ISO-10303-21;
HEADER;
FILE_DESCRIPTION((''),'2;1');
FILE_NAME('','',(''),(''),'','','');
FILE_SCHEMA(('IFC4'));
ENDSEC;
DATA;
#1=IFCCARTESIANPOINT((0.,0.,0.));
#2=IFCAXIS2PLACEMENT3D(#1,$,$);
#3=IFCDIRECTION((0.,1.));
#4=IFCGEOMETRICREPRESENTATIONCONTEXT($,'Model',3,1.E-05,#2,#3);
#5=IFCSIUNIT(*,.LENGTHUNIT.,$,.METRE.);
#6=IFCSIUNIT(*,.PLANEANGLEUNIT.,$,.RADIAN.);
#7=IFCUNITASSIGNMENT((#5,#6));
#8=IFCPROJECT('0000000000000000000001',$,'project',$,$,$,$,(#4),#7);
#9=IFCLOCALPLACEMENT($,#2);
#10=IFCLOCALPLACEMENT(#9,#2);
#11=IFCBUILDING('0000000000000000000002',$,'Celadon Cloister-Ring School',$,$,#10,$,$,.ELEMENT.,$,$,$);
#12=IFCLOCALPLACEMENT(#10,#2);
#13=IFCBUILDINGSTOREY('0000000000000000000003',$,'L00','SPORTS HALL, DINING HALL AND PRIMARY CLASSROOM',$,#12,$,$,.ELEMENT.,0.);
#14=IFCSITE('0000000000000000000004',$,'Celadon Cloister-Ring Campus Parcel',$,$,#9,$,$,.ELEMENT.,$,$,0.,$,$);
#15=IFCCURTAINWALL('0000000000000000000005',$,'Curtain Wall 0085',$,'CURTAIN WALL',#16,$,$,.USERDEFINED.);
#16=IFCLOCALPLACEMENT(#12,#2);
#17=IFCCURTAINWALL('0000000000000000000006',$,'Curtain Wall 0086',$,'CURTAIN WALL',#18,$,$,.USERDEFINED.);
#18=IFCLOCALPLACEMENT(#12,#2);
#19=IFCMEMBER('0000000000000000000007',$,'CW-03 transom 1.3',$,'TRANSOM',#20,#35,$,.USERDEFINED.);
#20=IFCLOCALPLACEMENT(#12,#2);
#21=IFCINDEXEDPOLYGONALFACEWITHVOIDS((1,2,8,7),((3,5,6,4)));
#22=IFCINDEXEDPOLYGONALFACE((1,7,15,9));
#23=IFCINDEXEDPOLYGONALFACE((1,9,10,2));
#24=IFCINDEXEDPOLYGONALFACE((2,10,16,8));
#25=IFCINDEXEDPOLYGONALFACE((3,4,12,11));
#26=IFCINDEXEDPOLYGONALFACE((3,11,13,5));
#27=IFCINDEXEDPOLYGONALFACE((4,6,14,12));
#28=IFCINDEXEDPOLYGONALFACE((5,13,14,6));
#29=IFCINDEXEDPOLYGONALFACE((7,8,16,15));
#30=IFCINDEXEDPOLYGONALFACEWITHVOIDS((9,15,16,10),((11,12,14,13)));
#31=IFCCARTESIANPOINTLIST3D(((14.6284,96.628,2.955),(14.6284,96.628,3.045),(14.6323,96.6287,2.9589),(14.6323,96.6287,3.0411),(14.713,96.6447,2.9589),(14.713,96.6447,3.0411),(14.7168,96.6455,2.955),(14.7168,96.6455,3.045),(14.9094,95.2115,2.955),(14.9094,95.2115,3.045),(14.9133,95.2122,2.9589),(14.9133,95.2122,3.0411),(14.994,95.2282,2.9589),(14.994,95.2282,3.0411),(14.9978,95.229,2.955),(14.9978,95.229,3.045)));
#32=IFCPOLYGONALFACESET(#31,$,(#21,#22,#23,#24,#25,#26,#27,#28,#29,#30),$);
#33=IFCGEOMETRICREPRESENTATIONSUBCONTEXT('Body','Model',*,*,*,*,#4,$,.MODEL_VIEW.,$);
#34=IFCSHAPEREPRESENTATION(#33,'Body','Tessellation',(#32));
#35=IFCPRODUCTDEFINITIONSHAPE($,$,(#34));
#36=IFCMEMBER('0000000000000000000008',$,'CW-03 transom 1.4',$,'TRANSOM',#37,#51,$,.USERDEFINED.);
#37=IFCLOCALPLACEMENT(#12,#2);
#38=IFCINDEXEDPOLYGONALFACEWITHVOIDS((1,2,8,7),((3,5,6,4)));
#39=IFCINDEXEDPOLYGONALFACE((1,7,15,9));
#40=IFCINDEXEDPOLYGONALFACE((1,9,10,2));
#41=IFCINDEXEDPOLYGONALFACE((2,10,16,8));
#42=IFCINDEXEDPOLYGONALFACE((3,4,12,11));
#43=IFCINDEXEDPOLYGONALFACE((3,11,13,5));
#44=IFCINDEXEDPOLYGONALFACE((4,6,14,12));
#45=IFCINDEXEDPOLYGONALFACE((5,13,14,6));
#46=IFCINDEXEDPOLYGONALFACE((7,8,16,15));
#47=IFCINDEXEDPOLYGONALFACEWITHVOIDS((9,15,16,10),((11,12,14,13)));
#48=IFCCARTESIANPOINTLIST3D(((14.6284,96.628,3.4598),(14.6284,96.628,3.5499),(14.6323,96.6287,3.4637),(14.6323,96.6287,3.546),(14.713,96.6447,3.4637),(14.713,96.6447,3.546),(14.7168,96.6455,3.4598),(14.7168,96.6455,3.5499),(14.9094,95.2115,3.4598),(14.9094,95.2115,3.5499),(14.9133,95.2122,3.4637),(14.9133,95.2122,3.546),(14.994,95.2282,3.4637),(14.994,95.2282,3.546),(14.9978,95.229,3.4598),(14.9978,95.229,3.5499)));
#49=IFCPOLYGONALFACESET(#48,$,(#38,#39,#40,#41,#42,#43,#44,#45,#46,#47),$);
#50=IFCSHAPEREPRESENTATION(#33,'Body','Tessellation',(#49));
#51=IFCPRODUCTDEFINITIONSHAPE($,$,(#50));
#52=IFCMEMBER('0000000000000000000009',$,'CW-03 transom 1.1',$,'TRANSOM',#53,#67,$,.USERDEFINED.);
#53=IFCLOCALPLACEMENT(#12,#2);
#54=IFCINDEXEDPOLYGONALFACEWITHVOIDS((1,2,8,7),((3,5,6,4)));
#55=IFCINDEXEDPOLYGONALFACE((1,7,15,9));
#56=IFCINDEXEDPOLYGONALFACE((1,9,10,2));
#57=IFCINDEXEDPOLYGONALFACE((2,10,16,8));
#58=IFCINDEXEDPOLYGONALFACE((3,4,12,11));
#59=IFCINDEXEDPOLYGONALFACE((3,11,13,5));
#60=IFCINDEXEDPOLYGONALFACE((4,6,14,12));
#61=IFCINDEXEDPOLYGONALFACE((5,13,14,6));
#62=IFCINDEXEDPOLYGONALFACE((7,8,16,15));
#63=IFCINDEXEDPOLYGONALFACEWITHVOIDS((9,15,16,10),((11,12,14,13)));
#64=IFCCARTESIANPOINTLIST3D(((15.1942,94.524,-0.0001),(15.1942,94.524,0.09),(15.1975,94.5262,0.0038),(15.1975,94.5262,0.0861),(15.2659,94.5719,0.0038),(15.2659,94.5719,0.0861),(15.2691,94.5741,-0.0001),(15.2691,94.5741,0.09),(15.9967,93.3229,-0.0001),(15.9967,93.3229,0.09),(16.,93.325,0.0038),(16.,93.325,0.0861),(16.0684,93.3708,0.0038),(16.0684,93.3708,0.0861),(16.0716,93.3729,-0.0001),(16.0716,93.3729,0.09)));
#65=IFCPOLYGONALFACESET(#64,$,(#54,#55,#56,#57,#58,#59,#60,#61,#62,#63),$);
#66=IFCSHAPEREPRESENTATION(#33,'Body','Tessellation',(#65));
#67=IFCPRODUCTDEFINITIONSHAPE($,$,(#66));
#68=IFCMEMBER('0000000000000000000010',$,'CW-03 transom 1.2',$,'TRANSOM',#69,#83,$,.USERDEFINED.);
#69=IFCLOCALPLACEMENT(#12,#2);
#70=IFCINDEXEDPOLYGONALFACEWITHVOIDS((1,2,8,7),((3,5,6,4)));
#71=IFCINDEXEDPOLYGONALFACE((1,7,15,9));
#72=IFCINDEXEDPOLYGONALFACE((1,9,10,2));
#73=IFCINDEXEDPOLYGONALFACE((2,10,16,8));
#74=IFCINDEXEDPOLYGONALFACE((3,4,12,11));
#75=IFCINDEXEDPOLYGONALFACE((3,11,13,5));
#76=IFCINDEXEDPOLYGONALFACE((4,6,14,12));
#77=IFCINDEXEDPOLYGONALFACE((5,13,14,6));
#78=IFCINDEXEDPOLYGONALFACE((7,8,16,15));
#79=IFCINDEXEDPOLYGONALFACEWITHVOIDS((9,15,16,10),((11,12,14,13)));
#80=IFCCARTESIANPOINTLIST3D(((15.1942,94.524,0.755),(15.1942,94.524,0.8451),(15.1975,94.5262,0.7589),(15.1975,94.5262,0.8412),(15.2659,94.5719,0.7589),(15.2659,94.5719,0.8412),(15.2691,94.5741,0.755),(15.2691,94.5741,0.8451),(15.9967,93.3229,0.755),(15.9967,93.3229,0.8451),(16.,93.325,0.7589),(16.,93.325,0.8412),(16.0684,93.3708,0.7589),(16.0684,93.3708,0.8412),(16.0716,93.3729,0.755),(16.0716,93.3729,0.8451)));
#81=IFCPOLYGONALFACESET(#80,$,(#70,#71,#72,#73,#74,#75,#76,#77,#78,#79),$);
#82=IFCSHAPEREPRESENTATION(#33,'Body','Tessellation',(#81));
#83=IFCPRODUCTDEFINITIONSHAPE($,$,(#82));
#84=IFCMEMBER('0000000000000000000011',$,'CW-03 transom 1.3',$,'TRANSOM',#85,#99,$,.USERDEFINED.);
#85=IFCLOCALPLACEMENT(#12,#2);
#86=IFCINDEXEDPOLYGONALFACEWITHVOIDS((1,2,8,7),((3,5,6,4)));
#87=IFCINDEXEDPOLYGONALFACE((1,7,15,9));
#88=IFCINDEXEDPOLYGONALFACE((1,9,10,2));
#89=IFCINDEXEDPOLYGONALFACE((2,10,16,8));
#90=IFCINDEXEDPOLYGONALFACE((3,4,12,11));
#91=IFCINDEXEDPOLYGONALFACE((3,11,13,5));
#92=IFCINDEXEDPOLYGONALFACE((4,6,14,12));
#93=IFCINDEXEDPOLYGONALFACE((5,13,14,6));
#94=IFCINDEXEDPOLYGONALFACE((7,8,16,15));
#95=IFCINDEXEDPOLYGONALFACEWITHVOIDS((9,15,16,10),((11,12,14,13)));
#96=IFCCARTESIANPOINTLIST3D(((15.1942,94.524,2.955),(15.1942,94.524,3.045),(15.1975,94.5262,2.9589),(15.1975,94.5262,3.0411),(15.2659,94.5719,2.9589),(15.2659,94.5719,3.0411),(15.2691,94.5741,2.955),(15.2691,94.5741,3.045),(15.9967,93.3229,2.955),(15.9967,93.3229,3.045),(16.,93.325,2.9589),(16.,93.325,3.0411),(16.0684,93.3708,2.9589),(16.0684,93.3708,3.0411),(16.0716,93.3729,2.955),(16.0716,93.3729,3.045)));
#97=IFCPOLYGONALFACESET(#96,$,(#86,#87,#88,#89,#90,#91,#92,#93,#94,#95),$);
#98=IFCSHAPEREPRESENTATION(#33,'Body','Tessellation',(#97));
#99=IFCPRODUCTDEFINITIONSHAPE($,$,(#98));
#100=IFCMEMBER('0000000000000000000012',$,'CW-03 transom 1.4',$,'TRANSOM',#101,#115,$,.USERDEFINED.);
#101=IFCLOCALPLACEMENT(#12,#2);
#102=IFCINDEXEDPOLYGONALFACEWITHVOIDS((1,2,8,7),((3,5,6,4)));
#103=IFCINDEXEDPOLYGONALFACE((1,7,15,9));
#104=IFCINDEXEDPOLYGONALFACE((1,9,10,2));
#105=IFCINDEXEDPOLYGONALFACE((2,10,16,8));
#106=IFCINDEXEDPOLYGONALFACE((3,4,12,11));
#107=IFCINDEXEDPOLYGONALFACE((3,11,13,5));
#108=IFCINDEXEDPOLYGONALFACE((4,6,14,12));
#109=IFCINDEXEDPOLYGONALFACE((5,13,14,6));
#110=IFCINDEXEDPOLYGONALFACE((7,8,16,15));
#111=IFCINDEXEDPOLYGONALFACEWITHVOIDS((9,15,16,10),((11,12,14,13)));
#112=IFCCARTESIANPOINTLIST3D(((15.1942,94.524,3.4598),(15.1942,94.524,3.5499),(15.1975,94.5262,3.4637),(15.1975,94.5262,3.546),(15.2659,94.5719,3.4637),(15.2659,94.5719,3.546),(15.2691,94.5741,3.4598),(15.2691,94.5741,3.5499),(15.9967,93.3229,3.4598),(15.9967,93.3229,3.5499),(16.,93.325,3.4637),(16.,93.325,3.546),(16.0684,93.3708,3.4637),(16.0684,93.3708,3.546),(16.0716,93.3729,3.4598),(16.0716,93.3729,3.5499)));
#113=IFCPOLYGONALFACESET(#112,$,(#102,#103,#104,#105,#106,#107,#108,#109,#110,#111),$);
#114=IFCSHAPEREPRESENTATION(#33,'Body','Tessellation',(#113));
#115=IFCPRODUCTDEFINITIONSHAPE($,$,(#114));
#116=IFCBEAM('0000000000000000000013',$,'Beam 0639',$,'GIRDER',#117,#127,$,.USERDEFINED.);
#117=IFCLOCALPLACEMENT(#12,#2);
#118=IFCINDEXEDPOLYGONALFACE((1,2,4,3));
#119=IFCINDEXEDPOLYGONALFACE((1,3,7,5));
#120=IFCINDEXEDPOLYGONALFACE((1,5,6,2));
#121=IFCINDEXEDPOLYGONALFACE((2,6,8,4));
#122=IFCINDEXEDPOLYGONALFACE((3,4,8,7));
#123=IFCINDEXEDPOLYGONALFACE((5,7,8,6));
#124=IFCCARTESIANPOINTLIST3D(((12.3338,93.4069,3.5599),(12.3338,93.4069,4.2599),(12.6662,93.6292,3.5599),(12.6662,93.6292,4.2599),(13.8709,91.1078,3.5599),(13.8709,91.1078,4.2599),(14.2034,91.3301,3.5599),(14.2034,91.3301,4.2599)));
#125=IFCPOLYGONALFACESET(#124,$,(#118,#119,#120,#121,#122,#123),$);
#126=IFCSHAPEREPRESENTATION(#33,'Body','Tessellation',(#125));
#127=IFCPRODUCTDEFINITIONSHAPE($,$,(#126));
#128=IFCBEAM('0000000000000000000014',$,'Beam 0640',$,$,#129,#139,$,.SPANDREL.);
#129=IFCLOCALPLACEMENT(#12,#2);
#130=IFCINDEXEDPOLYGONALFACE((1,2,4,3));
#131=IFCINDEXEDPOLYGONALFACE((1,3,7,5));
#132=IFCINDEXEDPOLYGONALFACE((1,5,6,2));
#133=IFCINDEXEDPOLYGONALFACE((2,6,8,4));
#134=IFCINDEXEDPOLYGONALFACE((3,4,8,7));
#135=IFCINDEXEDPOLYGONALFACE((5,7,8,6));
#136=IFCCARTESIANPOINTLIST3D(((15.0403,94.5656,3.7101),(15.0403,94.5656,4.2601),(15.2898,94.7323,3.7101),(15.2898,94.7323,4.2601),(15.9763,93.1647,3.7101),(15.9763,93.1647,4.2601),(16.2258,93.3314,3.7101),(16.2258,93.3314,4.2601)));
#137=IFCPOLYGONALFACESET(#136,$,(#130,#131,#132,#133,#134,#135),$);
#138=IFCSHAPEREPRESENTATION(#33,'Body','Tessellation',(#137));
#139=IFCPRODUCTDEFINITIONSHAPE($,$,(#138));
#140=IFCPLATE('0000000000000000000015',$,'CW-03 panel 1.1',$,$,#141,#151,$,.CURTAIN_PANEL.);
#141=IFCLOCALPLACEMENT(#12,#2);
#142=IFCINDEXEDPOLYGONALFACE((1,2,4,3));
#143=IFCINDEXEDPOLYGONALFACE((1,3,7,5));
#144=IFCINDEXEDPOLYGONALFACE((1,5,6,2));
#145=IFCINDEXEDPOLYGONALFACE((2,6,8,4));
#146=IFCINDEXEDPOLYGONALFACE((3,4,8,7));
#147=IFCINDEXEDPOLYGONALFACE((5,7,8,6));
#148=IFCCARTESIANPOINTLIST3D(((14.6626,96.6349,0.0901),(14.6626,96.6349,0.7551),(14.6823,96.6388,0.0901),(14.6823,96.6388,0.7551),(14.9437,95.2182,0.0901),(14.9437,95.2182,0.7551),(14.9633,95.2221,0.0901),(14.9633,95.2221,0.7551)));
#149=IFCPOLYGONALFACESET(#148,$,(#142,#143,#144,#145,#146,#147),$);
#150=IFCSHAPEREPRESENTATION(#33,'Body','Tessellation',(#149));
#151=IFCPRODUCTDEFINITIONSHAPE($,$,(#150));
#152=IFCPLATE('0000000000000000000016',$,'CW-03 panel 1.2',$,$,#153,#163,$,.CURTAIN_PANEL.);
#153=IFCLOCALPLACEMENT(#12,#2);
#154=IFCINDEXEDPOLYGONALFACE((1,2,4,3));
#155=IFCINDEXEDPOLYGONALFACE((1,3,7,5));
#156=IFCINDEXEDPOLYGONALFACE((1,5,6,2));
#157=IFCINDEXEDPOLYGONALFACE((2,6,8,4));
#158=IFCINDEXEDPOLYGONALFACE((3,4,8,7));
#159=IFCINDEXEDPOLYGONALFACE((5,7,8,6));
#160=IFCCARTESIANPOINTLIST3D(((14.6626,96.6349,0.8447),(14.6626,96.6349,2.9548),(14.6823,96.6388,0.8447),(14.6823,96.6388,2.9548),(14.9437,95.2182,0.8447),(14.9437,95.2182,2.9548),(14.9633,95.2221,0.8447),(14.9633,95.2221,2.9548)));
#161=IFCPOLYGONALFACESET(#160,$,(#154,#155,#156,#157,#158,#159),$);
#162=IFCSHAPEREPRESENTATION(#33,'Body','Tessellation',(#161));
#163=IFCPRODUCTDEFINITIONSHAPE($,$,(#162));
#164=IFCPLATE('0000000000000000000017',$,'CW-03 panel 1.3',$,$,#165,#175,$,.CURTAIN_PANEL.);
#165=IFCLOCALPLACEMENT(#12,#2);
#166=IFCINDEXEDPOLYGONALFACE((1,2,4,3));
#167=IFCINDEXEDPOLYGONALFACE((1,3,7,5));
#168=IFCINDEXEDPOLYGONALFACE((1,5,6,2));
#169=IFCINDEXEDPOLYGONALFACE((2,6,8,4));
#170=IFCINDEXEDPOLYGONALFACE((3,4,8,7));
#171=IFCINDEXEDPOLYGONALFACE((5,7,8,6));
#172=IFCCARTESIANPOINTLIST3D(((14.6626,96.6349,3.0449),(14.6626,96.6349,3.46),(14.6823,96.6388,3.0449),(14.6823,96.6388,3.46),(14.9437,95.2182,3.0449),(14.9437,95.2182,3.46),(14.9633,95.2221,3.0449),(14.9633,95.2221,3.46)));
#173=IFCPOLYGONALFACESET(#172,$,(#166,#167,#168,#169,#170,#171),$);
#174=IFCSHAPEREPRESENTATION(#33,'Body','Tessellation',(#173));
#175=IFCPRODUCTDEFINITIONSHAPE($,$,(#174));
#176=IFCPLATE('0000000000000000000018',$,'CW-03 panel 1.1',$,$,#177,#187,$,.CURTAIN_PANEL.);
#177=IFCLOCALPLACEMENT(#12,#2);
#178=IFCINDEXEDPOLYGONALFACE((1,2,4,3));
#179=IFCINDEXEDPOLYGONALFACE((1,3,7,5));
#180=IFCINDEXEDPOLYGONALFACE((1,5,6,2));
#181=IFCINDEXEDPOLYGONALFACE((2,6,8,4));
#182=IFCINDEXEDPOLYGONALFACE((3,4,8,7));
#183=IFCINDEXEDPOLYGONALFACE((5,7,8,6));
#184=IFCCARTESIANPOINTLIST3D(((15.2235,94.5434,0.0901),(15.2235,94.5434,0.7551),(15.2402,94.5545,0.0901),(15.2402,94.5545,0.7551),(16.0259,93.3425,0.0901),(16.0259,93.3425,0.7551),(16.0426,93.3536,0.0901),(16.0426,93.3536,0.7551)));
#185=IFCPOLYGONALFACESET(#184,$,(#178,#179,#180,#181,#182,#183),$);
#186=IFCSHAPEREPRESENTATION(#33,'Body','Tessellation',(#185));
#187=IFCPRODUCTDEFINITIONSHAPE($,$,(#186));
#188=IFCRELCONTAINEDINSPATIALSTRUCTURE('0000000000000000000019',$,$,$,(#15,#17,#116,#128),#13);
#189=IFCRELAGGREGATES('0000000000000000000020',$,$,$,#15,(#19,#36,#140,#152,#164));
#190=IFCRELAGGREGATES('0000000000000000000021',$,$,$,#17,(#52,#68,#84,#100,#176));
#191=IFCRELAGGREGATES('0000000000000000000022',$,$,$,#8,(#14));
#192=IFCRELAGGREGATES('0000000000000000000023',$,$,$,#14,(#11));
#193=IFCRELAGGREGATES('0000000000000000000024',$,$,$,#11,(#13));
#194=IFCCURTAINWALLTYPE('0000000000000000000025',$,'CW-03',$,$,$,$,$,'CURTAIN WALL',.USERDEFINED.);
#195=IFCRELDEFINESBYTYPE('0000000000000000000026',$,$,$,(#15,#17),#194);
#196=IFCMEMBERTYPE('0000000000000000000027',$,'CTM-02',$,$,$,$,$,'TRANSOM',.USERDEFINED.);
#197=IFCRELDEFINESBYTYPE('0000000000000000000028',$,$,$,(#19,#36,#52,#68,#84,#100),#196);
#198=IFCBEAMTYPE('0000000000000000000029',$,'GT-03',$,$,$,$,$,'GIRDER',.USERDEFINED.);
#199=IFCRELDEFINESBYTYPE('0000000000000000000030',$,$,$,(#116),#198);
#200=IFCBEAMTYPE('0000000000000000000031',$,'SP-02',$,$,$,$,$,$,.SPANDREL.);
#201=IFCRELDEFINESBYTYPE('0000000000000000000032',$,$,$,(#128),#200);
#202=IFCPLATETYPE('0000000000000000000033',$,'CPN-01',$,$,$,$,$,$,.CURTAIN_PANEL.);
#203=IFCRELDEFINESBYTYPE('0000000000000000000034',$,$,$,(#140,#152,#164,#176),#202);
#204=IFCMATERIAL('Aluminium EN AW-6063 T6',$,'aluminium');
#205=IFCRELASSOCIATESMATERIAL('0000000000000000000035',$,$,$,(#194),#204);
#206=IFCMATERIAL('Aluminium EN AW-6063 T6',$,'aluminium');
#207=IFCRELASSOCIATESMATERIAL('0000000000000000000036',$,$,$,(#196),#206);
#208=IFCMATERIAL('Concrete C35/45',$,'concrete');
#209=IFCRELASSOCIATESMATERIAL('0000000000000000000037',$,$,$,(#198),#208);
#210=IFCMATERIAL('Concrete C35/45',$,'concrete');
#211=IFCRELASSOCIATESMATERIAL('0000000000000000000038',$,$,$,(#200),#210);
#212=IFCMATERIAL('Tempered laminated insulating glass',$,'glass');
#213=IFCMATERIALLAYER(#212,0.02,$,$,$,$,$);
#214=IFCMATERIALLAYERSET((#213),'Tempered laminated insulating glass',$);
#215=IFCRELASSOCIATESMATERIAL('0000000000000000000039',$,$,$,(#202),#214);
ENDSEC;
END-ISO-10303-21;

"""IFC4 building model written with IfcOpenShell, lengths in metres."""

from ifc_helpers import new_model, si_unit, direction, frame, origin, origin_2d, place, context, subcontext, project, spatial, rectangle, hollow_rectangle, extrude, material, layer, layer_set, material_profile, profile_set, type_object, element, aggregate, save


model = new_model("IFC4")

# Units and contexts
model_context = context("Model", 3, precision=1e-05, world=origin(), true_north=direction((0.0, 1.0)))
body_context = subcontext(model_context, "Body", "Model", "MODEL_VIEW")
ifc_project = project(units=[si_unit("LENGTHUNIT", "METRE"), si_unit("PLANEANGLEUNIT", "RADIAN")], contexts=[model_context])

# Site, building, storey
site_placement = place(None, origin())
site = spatial("IfcSite", under=ifc_project, at=site_placement, Name="Celadon Cloister-Ring Campus Parcel", CompositionType="ELEMENT", RefElevation=0.0)
building_placement = place(site_placement, origin())
building = spatial("IfcBuilding", under=site, at=building_placement, Name="Celadon Cloister-Ring School", CompositionType="ELEMENT")
storey_placement = place(building_placement, origin())
storey = spatial("IfcBuildingStorey", under=building, at=storey_placement, Name="L00", Description="SPORTS HALL, DINING HALL AND PRIMARY CLASSROOM", CompositionType="ELEMENT", Elevation=0.0)

# Curtain wall
ifc_material_1 = material(Name="Aluminium EN AW-6063 T6", Category="aluminium")
curtain_wall_type = type_object("IfcCurtainWallType", Name="CW-03", ElementType="CURTAIN WALL", PredefinedType="USERDEFINED", material=ifc_material_1)
curtain_wall_1_placement = place(storey_placement, origin())
curtain_wall_1 = element("IfcCurtainWall", 1, at=curtain_wall_1_placement, inside=storey, type_object=curtain_wall_type, Name="Curtain Wall 0085", ObjectType="CURTAIN WALL", PredefinedType="USERDEFINED")

# Curtain wall
curtain_wall_2_placement = place(storey_placement, origin())
curtain_wall_2 = element("IfcCurtainWall", 2, at=curtain_wall_2_placement, inside=storey, type_object=curtain_wall_type, Name="Curtain Wall 0086", ObjectType="CURTAIN WALL", PredefinedType="USERDEFINED")

# Members
ifc_material_2 = material(Name="Aluminium EN AW-6063 T6", Category="aluminium")
ifc_material_profile_1 = material_profile(ifc_material_2, hollow_rectangle(XDim=0.0901, YDim=0.0901, WallThickness=0.0039, at=origin_2d()), Name="RHS90X90X4")
ifc_profile_set_1 = profile_set([ifc_material_profile_1], Name="Aluminium EN AW-6063 T6")
member_type_1 = type_object("IfcMemberType", Name="CTM-02", ElementType="TRANSOM", PredefinedType="USERDEFINED", material=ifc_profile_set_1)
member_1_placement = place(storey_placement, frame((14.6726, 96.6367, 3.0), z_axis=(0.194588, -0.980885, 0.0), x_axis=(0.980885, 0.194588, 0.0)))
member_1 = element("IfcMember", 3, at=member_1_placement, type_object=member_type_1, Name="CW-03 transom 1.3", ObjectType="TRANSOM", PredefinedType="USERDEFINED", context=body_context, shape_type="SweptSolid", body=[
    extrude(hollow_rectangle(XDim=0.0901, YDim=0.0901, WallThickness=0.0039, at=origin_2d()), origin(), (0.0, 0.0, 1.0), 1.4441),
])
member_2_placement = place(storey_placement, frame((14.6726, 96.6367, 3.5049), z_axis=(0.194588, -0.980885, 0.0), x_axis=(0.980885, 0.194588, 0.0)))
member_2 = element("IfcMember", 4, at=member_2_placement, type_object=member_type_1, Name="CW-03 transom 1.4", ObjectType="TRANSOM", PredefinedType="USERDEFINED", context=body_context, shape_type="SweptSolid", body=[
    extrude(hollow_rectangle(XDim=0.0901, YDim=0.0901, WallThickness=0.0039, at=origin_2d()), origin(), (0.0, 0.0, 1.0), 1.4441),
])
member_3_placement = place(storey_placement, frame((15.2317, 94.5491, 0.0449), z_axis=(0.555519, -0.831504, 0.0), x_axis=(0.831504, 0.555519, 0.0)))
member_3 = element("IfcMember", 5, at=member_3_placement, type_object=member_type_1, Name="CW-03 transom 1.1", ObjectType="TRANSOM", PredefinedType="USERDEFINED", context=body_context, shape_type="SweptSolid", body=[
    extrude(hollow_rectangle(XDim=0.0901, YDim=0.0901, WallThickness=0.0039, at=origin_2d()), origin(), (0.0, 0.0, 1.0), 1.4446),
])
member_4_placement = place(storey_placement, frame((15.2317, 94.5491, 0.8), z_axis=(0.555519, -0.831504, 0.0), x_axis=(0.831504, 0.555519, 0.0)))
member_4 = element("IfcMember", 6, at=member_4_placement, type_object=member_type_1, Name="CW-03 transom 1.2", ObjectType="TRANSOM", PredefinedType="USERDEFINED", context=body_context, shape_type="SweptSolid", body=[
    extrude(hollow_rectangle(XDim=0.0901, YDim=0.0901, WallThickness=0.0039, at=origin_2d()), origin(), (0.0, 0.0, 1.0), 1.4446),
])
member_5_placement = place(storey_placement, frame((15.2317, 94.5491, 3.0), z_axis=(0.555519, -0.831504, 0.0), x_axis=(0.831504, 0.555519, 0.0)))
member_5 = element("IfcMember", 7, at=member_5_placement, type_object=member_type_1, Name="CW-03 transom 1.3", ObjectType="TRANSOM", PredefinedType="USERDEFINED", context=body_context, shape_type="SweptSolid", body=[
    extrude(hollow_rectangle(XDim=0.0901, YDim=0.0901, WallThickness=0.0039, at=origin_2d()), origin(), (0.0, 0.0, 1.0), 1.4446),
])
member_6_placement = place(storey_placement, frame((15.2317, 94.5491, 3.5049), z_axis=(0.555519, -0.831504, 0.0), x_axis=(0.831504, 0.555519, 0.0)))
member_6 = element("IfcMember", 8, at=member_6_placement, type_object=member_type_1, Name="CW-03 transom 1.4", ObjectType="TRANSOM", PredefinedType="USERDEFINED", context=body_context, shape_type="SweptSolid", body=[
    extrude(hollow_rectangle(XDim=0.0901, YDim=0.0901, WallThickness=0.0039, at=origin_2d()), origin(), (0.0, 0.0, 1.0), 1.4446),
])

# Beams
ifc_material_3 = material(Name="Concrete C35/45", Category="concrete")
ifc_material_profile_2 = material_profile(ifc_material_3, rectangle(XDim=0.3999, YDim=0.7, at=origin_2d()), Name="RC400X700")
ifc_profile_set_2 = profile_set([ifc_material_profile_2], Name="Concrete C35/45")
beam_type_1 = type_object("IfcBeamType", Name="GT-03", ElementType="GIRDER", PredefinedType="USERDEFINED", material=ifc_profile_set_2)
beam_1_placement = place(storey_placement, frame((12.5, 93.5181, 3.9099), z_axis=(0.5558, -0.831316, 0.0), x_axis=(0.831316, 0.5558, 0.0)))
element("IfcBeam", 9, at=beam_1_placement, inside=storey, type_object=beam_type_1, Name="Beam 0639", ObjectType="GIRDER", PredefinedType="USERDEFINED", context=body_context, shape_type="SweptSolid", body=[
    extrude(rectangle(XDim=0.3999, YDim=0.7, at=origin_2d()), origin(), (0.0, 0.0, 1.0), 2.7656),
])
ifc_material_4 = material(Name="Concrete C35/45", Category="concrete")
ifc_material_profile_3 = material_profile(ifc_material_4, rectangle(XDim=0.3, YDim=0.55, at=origin_2d()), Name="RC300X550")
ifc_profile_set_3 = profile_set([ifc_material_profile_3], Name="Concrete C35/45")
beam_type_2 = type_object("IfcBeamType", Name="SP-02", PredefinedType="SPANDREL", material=ifc_profile_set_3)
beam_2_placement = place(storey_placement, frame((15.165, 94.6489, 3.9851), z_axis=(0.555569, -0.83147, 0.0), x_axis=(0.83147, 0.555569, 0.0)))
element("IfcBeam", 10, at=beam_2_placement, inside=storey, type_object=beam_type_2, Name="Beam 0640", PredefinedType="SPANDREL", context=body_context, shape_type="SweptSolid", body=[
    extrude(rectangle(XDim=0.3, YDim=0.55, at=origin_2d()), origin(), (0.0, 0.0, 1.0), 1.6848),
])

# Plates
ifc_material_5 = material(Name="Tempered laminated insulating glass", Category="glass")
ifc_layer_1 = layer(ifc_material_5, 0.02)
ifc_layer_set_1 = layer_set([ifc_layer_1], Name="Tempered laminated insulating glass")
plate_type = type_object("IfcPlateType", Name="CPN-01", PredefinedType="CURTAIN_PANEL", material=ifc_layer_set_1)
plate_1_placement = place(storey_placement, frame((14.813, 95.9285, 0.0901), z_axis=(0.0, 0.0, 1.0), x_axis=(0.194586, -0.980885, 0.0)))
plate_1 = element("IfcPlate", 11, at=plate_1_placement, type_object=plate_type, Name="CW-03 panel 1.1", PredefinedType="CURTAIN_PANEL", context=body_context, shape_type="SweptSolid", body=[
    extrude(rectangle(XDim=1.4443, YDim=0.02, at=origin_2d()), origin(), (0.0, 0.0, 1.0), 0.665),
])
plate_2_placement = place(storey_placement, frame((14.813, 95.9285, 0.8447), z_axis=(0.0, 0.0, 1.0), x_axis=(0.194586, -0.980885, 0.0)))
plate_2 = element("IfcPlate", 12, at=plate_2_placement, type_object=plate_type, Name="CW-03 panel 1.2", PredefinedType="CURTAIN_PANEL", context=body_context, shape_type="SweptSolid", body=[
    extrude(rectangle(XDim=1.4443, YDim=0.02, at=origin_2d()), origin(), (0.0, 0.0, 1.0), 2.1101),
])
plate_3_placement = place(storey_placement, frame((14.813, 95.9285, 3.0449), z_axis=(0.0, 0.0, 1.0), x_axis=(0.194586, -0.980885, 0.0)))
plate_3 = element("IfcPlate", 13, at=plate_3_placement, type_object=plate_type, Name="CW-03 panel 1.3", PredefinedType="CURTAIN_PANEL", context=body_context, shape_type="SweptSolid", body=[
    extrude(rectangle(XDim=1.4443, YDim=0.02, at=origin_2d()), origin(), (0.0, 0.0, 1.0), 0.415),
])
aggregate(curtain_wall_1, [member_1, member_2, plate_1, plate_2, plate_3])
plate_4_placement = place(storey_placement, frame((15.6331, 93.9485, 0.0901), z_axis=(0.0, 0.0, 1.0), x_axis=(0.555547, -0.831485, 0.0)))
plate_4 = element("IfcPlate", 14, at=plate_4_placement, type_object=plate_type, Name="CW-03 panel 1.1", PredefinedType="CURTAIN_PANEL", context=body_context, shape_type="SweptSolid", body=[
    extrude(rectangle(XDim=1.4443, YDim=0.02, at=origin_2d()), origin(), (0.0, 0.0, 1.0), 0.665),
])
aggregate(curtain_wall_2, [member_3, member_4, member_5, member_6, plate_4])

save(model, "model.ifc")
